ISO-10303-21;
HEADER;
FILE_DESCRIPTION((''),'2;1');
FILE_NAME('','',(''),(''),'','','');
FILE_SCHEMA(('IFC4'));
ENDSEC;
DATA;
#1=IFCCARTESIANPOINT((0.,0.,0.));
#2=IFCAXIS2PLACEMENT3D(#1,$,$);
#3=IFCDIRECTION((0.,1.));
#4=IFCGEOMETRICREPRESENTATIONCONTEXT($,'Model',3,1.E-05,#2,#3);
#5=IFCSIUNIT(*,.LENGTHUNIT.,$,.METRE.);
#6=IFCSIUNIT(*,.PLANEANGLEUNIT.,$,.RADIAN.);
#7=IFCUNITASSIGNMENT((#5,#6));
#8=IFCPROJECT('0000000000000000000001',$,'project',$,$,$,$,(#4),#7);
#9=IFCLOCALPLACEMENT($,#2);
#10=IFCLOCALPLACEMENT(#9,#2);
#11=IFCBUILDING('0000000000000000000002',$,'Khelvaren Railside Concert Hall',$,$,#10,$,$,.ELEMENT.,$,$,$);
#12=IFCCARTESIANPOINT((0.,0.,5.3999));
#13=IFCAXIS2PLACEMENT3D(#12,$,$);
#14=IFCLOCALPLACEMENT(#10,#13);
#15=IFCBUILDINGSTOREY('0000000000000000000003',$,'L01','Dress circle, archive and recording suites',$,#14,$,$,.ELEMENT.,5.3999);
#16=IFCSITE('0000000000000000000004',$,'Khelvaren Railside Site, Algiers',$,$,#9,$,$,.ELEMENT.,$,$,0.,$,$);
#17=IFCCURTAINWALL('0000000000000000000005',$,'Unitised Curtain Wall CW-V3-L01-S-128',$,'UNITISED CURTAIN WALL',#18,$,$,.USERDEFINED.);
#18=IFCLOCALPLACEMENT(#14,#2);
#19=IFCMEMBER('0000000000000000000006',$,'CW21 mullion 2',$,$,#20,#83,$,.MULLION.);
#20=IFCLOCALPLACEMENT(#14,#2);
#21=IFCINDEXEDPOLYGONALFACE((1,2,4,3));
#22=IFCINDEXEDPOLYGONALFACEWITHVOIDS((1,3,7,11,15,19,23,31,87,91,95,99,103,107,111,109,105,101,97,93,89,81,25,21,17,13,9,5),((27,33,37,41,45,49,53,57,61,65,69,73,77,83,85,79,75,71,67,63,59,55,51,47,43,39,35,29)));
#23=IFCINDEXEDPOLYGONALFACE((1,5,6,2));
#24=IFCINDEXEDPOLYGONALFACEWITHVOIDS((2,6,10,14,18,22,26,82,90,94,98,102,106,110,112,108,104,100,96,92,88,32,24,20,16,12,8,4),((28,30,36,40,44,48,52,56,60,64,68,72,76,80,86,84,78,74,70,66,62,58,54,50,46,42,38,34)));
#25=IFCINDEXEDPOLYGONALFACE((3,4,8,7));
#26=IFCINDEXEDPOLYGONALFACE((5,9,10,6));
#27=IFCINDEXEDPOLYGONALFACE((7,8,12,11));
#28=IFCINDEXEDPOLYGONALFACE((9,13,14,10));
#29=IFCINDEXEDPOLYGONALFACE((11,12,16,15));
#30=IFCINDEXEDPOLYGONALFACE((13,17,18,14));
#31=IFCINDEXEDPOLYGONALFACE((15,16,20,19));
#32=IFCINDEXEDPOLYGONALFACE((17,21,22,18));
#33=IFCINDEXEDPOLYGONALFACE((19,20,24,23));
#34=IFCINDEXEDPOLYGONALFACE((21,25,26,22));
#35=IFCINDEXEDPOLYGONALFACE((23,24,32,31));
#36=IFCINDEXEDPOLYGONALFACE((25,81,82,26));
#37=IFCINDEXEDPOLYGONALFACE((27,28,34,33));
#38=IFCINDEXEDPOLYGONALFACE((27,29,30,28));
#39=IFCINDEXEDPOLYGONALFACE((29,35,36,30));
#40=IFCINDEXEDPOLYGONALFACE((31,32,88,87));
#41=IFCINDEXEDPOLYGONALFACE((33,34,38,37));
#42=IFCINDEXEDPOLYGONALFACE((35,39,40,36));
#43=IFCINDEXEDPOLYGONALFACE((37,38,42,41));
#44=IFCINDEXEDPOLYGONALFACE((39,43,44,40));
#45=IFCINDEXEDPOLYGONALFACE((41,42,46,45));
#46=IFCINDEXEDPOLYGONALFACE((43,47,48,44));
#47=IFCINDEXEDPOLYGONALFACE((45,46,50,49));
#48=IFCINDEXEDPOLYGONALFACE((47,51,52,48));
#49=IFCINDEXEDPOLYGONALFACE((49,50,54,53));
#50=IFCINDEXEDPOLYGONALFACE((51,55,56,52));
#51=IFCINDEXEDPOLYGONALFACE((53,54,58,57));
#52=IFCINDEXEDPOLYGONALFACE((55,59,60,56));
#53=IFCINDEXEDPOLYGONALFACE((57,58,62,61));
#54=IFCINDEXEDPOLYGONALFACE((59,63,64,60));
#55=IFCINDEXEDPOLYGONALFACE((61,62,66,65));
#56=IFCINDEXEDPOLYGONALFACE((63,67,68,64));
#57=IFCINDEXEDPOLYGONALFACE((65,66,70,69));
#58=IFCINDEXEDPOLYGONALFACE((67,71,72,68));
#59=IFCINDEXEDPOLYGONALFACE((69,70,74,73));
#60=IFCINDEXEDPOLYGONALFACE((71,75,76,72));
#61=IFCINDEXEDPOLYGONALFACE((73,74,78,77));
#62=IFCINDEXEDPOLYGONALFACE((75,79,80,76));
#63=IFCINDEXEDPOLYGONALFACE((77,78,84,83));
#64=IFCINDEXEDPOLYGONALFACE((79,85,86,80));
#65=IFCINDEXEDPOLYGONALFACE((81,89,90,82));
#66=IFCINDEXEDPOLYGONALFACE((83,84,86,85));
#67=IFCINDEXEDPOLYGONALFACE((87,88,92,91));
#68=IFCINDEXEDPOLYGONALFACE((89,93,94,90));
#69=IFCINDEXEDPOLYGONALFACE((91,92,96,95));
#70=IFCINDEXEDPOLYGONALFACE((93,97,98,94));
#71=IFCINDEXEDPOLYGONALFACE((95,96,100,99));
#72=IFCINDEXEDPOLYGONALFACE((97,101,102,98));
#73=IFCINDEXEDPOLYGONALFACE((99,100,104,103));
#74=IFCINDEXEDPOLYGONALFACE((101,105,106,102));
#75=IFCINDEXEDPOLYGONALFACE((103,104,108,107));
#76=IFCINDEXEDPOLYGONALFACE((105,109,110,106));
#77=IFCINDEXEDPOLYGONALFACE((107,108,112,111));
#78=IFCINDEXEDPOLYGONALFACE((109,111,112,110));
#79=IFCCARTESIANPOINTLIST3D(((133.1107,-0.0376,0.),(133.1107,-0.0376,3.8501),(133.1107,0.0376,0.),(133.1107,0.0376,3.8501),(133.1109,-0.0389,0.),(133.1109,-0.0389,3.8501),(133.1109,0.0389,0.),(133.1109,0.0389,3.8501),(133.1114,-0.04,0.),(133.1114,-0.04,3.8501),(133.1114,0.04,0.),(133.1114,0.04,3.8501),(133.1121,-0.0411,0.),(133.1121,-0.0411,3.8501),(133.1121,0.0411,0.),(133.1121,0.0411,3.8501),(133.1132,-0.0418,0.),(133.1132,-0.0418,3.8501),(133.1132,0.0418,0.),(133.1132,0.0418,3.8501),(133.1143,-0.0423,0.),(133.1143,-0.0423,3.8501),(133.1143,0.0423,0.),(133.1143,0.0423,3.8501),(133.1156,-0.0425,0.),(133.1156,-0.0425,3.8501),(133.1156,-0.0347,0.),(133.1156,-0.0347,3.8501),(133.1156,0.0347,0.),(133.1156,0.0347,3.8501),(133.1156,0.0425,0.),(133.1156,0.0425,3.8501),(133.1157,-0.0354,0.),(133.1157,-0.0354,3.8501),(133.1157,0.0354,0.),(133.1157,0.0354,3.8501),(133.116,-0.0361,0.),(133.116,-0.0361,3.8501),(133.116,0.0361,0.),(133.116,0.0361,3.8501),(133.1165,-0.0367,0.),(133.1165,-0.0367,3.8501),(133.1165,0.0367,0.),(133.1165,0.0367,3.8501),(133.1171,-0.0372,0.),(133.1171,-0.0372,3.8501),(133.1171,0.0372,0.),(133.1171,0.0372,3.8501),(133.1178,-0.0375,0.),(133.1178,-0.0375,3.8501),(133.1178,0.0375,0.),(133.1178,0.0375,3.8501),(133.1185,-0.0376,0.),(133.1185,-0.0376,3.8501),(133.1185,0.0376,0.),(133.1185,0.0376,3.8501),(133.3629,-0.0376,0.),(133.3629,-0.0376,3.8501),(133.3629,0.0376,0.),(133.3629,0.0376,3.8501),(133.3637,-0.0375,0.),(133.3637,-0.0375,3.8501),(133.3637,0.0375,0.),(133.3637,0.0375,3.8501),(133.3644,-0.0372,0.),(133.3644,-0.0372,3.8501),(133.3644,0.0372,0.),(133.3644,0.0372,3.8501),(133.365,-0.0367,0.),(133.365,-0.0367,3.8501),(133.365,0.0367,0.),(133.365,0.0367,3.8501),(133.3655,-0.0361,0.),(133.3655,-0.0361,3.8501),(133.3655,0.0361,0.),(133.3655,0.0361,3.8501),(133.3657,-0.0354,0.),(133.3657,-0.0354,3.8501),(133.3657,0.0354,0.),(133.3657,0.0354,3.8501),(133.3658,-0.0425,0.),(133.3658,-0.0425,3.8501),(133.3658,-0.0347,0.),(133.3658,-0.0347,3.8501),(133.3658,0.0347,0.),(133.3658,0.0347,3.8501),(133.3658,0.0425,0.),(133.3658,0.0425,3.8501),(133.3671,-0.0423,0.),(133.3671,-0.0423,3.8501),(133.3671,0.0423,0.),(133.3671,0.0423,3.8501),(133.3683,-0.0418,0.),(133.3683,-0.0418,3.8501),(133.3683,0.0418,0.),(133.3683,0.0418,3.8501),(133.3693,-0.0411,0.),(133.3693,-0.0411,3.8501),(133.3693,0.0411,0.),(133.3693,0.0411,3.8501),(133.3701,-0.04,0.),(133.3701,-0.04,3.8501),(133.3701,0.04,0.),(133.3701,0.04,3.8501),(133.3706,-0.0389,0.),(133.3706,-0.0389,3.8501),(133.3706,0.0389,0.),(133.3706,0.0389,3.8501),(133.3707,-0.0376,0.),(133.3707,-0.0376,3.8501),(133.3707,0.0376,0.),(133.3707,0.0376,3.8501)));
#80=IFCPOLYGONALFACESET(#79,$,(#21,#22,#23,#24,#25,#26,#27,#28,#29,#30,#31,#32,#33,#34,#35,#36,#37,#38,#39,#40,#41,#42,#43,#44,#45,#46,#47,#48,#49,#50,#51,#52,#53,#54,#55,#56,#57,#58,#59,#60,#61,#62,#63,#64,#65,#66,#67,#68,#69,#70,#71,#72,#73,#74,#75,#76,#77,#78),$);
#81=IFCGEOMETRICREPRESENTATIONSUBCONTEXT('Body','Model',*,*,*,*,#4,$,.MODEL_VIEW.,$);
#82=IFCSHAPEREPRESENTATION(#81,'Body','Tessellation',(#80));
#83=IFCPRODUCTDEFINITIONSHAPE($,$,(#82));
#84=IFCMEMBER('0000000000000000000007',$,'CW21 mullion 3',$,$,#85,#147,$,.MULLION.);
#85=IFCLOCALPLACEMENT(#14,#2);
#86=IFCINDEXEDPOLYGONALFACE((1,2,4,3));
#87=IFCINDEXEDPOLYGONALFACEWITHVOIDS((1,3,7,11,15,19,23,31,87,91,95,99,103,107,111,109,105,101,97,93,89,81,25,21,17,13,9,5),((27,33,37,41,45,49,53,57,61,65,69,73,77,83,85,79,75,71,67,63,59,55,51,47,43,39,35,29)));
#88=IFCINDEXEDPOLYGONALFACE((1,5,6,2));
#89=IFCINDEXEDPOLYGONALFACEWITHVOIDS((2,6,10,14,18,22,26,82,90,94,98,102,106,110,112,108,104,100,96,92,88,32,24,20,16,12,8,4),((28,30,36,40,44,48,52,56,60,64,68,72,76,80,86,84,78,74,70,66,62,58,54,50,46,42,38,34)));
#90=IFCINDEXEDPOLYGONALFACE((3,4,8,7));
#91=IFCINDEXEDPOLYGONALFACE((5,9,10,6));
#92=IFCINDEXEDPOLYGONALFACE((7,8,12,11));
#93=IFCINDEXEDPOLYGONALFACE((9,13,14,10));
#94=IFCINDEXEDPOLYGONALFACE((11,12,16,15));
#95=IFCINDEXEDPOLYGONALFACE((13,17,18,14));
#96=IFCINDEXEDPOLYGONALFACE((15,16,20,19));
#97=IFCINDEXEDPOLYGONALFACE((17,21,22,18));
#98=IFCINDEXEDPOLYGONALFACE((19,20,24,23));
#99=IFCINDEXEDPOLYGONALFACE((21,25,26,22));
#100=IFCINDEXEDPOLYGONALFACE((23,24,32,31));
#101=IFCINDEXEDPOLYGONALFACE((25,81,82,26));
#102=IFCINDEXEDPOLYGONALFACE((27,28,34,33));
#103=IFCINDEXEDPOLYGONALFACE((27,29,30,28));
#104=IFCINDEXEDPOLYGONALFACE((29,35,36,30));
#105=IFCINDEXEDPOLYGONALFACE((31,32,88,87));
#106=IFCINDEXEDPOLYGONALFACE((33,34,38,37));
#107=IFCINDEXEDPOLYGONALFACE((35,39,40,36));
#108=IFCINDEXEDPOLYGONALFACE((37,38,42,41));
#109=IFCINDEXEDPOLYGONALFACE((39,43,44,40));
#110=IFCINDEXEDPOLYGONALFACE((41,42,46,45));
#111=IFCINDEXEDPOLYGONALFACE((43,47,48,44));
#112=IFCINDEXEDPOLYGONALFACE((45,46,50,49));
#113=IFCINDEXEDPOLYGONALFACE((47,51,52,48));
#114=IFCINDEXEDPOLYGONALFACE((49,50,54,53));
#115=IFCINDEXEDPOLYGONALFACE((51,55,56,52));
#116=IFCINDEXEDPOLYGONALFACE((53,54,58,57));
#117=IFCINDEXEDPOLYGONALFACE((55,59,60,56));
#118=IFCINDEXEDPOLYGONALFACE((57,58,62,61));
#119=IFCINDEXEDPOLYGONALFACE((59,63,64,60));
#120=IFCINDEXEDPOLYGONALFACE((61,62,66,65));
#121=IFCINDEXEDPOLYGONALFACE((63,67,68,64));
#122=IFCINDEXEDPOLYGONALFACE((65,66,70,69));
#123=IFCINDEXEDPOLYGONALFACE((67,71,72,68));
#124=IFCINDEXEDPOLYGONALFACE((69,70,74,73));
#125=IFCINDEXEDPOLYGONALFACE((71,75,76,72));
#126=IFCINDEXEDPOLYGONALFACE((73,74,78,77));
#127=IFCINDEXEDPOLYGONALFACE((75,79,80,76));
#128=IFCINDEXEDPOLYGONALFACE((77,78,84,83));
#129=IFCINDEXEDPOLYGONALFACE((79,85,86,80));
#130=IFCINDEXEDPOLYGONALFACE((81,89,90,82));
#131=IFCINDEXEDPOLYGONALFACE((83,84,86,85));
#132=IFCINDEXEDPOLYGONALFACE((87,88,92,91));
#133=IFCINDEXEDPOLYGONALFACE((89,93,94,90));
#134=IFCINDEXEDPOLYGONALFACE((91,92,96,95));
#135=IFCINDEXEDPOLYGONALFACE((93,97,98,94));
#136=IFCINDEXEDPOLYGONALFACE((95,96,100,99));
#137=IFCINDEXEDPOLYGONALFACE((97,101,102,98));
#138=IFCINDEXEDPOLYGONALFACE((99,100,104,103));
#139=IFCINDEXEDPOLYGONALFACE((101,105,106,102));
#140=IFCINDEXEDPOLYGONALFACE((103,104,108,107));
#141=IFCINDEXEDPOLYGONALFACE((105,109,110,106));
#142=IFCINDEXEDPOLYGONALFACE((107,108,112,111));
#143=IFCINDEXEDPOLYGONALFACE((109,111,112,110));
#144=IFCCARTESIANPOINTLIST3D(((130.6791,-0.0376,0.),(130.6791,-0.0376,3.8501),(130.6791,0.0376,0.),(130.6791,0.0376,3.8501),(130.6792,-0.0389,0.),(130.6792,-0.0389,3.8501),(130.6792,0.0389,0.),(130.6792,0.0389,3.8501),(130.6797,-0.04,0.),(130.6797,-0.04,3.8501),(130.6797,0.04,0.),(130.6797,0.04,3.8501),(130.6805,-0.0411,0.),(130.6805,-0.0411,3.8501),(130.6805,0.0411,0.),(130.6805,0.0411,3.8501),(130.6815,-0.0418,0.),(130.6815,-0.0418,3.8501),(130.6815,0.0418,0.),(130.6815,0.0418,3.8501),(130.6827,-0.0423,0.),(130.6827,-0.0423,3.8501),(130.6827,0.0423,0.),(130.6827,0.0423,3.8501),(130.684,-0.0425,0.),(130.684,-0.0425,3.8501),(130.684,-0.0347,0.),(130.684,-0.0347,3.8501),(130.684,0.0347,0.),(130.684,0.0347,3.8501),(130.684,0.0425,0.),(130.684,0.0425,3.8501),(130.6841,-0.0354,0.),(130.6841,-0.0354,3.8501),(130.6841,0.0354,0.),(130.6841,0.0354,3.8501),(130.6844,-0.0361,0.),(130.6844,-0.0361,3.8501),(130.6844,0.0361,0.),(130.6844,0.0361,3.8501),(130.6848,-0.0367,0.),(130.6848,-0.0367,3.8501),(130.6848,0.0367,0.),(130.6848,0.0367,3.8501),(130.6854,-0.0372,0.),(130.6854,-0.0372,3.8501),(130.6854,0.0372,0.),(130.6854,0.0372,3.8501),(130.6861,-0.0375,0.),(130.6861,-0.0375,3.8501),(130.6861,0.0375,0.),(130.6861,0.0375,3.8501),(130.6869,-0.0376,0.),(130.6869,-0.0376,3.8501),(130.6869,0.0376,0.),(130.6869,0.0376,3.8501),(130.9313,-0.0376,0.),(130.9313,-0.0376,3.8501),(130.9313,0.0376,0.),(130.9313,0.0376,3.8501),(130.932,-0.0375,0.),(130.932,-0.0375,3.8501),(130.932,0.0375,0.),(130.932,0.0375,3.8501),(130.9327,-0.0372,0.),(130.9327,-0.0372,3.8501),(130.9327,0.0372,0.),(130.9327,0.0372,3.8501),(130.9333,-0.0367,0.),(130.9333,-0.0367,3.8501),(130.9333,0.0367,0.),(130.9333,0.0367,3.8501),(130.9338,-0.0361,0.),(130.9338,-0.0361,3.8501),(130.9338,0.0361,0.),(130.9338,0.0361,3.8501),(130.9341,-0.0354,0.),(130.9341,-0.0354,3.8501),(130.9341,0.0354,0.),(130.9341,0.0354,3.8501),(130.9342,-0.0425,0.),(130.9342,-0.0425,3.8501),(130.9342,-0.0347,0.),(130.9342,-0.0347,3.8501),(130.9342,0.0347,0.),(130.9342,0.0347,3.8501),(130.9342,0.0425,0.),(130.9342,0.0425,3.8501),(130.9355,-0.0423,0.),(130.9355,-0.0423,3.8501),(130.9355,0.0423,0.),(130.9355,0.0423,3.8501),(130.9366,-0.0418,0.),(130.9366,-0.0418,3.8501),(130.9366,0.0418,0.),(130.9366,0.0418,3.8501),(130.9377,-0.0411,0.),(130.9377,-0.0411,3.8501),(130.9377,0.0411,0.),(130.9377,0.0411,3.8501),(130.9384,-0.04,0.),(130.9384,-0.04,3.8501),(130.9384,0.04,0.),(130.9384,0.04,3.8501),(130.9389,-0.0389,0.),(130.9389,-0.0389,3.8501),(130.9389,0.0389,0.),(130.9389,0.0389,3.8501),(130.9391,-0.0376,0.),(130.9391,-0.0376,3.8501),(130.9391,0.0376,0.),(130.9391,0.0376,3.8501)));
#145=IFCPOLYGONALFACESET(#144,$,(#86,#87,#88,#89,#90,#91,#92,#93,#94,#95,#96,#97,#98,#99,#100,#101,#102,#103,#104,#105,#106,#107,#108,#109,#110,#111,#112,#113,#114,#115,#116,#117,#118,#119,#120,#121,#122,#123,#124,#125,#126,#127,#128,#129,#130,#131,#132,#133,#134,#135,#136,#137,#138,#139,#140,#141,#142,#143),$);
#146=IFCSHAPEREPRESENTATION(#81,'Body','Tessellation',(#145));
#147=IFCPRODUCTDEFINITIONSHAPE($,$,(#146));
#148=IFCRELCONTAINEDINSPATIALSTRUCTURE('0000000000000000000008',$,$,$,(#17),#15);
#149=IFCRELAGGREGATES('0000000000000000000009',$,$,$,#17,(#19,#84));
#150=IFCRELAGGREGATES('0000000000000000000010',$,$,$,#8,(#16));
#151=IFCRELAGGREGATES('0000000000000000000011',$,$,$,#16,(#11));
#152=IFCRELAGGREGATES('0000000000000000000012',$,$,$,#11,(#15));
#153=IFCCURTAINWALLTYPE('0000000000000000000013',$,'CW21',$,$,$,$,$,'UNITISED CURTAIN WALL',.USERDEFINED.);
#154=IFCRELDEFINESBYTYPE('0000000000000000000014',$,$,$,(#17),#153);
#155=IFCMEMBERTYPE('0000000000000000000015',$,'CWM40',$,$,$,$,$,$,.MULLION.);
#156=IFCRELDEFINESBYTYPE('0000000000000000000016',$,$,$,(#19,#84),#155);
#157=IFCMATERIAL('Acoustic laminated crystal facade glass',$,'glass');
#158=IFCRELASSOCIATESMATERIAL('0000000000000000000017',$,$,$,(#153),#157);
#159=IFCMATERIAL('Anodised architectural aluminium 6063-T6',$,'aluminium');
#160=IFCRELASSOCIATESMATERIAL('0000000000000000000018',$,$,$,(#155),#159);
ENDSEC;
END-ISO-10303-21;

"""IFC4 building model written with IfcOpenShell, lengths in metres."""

from ifc_helpers import new_model, si_unit, direction, frame, origin, origin_2d, place, context, subcontext, project, spatial, hollow_rectangle, extrude, material, material_profile, profile_set, type_object, element, aggregate, save


model = new_model("IFC4")

# Units and contexts
model_context = context("Model", 3, precision=1e-05, world=origin(), true_north=direction((0.0, 1.0)))
body_context = subcontext(model_context, "Body", "Model", "MODEL_VIEW")
ifc_project = project(units=[si_unit("LENGTHUNIT", "METRE"), si_unit("PLANEANGLEUNIT", "RADIAN")], contexts=[model_context])

# Site, building, storey
site_placement = place(None, origin())
site = spatial("IfcSite", under=ifc_project, at=site_placement, Name="Khelvaren Railside Site, Algiers", CompositionType="ELEMENT", RefElevation=0.0)
building_placement = place(site_placement, origin())
building = spatial("IfcBuilding", under=site, at=building_placement, Name="Khelvaren Railside Concert Hall", CompositionType="ELEMENT")
storey_placement = place(building_placement, frame((0.0, 0.0, 5.3999)))
storey = spatial("IfcBuildingStorey", under=building, at=storey_placement, Name="L01", Description="Dress circle, archive and recording suites", CompositionType="ELEMENT", Elevation=5.3999)

# Curtain wall, members
ifc_material_1 = material(Name="Acoustic laminated crystal facade glass", Category="glass")
curtain_wall_type = type_object("IfcCurtainWallType", Name="CW21", ElementType="UNITISED CURTAIN WALL", PredefinedType="USERDEFINED", material=ifc_material_1)
curtain_wall_placement = place(storey_placement, origin())
curtain_wall = element("IfcCurtainWall", 1, at=curtain_wall_placement, inside=storey, type_object=curtain_wall_type, Name="Unitised Curtain Wall CW-V3-L01-S-128", ObjectType="UNITISED CURTAIN WALL", PredefinedType="USERDEFINED")
ifc_material_2 = material(Name="Anodised architectural aluminium 6063-T6", Category="aluminium")
ifc_material_profile_1 = material_profile(ifc_material_2, hollow_rectangle(XDim=0.085, YDim=0.26, WallThickness=0.0049, InnerFilletRadius=0.0029, OuterFilletRadius=0.0049, at=origin_2d()), Name="CWM 85x260x5")
ifc_profile_set_1 = profile_set([ifc_material_profile_1], Name="Anodised architectural aluminium 6063-T6")
member_type_1 = type_object("IfcMemberType", Name="CWM40", PredefinedType="MULLION", material=ifc_profile_set_1)
member_1_placement = place(storey_placement, frame((133.2407, 0.0, 0.0), z_axis=(0.0, 0.0, 1.0), x_axis=(0.0, -1.0, 0.0)))
member_1 = element("IfcMember", 2, at=member_1_placement, type_object=member_type_1, Name="CW21 mullion 2", PredefinedType="MULLION", context=body_context, shape_type="SweptSolid", body=[
    extrude(hollow_rectangle(XDim=0.085, YDim=0.26, WallThickness=0.0049, InnerFilletRadius=0.0029, OuterFilletRadius=0.0049, at=origin_2d()), origin(), (0.0, 0.0, 1.0), 3.8501),
])
member_2_placement = place(storey_placement, frame((130.8091, 0.0, 0.0), z_axis=(0.0, 0.0, 1.0), x_axis=(0.0, -1.0, 0.0)))
member_2 = element("IfcMember", 3, at=member_2_placement, type_object=member_type_1, Name="CW21 mullion 3", PredefinedType="MULLION", context=body_context, shape_type="SweptSolid", body=[
    extrude(hollow_rectangle(XDim=0.085, YDim=0.26, WallThickness=0.0049, InnerFilletRadius=0.0029, OuterFilletRadius=0.0049, at=origin_2d()), origin(), (0.0, 0.0, 1.0), 3.8501),
])

aggregate(curtain_wall, [member_1, member_2])

save(model, "model.ifc")
